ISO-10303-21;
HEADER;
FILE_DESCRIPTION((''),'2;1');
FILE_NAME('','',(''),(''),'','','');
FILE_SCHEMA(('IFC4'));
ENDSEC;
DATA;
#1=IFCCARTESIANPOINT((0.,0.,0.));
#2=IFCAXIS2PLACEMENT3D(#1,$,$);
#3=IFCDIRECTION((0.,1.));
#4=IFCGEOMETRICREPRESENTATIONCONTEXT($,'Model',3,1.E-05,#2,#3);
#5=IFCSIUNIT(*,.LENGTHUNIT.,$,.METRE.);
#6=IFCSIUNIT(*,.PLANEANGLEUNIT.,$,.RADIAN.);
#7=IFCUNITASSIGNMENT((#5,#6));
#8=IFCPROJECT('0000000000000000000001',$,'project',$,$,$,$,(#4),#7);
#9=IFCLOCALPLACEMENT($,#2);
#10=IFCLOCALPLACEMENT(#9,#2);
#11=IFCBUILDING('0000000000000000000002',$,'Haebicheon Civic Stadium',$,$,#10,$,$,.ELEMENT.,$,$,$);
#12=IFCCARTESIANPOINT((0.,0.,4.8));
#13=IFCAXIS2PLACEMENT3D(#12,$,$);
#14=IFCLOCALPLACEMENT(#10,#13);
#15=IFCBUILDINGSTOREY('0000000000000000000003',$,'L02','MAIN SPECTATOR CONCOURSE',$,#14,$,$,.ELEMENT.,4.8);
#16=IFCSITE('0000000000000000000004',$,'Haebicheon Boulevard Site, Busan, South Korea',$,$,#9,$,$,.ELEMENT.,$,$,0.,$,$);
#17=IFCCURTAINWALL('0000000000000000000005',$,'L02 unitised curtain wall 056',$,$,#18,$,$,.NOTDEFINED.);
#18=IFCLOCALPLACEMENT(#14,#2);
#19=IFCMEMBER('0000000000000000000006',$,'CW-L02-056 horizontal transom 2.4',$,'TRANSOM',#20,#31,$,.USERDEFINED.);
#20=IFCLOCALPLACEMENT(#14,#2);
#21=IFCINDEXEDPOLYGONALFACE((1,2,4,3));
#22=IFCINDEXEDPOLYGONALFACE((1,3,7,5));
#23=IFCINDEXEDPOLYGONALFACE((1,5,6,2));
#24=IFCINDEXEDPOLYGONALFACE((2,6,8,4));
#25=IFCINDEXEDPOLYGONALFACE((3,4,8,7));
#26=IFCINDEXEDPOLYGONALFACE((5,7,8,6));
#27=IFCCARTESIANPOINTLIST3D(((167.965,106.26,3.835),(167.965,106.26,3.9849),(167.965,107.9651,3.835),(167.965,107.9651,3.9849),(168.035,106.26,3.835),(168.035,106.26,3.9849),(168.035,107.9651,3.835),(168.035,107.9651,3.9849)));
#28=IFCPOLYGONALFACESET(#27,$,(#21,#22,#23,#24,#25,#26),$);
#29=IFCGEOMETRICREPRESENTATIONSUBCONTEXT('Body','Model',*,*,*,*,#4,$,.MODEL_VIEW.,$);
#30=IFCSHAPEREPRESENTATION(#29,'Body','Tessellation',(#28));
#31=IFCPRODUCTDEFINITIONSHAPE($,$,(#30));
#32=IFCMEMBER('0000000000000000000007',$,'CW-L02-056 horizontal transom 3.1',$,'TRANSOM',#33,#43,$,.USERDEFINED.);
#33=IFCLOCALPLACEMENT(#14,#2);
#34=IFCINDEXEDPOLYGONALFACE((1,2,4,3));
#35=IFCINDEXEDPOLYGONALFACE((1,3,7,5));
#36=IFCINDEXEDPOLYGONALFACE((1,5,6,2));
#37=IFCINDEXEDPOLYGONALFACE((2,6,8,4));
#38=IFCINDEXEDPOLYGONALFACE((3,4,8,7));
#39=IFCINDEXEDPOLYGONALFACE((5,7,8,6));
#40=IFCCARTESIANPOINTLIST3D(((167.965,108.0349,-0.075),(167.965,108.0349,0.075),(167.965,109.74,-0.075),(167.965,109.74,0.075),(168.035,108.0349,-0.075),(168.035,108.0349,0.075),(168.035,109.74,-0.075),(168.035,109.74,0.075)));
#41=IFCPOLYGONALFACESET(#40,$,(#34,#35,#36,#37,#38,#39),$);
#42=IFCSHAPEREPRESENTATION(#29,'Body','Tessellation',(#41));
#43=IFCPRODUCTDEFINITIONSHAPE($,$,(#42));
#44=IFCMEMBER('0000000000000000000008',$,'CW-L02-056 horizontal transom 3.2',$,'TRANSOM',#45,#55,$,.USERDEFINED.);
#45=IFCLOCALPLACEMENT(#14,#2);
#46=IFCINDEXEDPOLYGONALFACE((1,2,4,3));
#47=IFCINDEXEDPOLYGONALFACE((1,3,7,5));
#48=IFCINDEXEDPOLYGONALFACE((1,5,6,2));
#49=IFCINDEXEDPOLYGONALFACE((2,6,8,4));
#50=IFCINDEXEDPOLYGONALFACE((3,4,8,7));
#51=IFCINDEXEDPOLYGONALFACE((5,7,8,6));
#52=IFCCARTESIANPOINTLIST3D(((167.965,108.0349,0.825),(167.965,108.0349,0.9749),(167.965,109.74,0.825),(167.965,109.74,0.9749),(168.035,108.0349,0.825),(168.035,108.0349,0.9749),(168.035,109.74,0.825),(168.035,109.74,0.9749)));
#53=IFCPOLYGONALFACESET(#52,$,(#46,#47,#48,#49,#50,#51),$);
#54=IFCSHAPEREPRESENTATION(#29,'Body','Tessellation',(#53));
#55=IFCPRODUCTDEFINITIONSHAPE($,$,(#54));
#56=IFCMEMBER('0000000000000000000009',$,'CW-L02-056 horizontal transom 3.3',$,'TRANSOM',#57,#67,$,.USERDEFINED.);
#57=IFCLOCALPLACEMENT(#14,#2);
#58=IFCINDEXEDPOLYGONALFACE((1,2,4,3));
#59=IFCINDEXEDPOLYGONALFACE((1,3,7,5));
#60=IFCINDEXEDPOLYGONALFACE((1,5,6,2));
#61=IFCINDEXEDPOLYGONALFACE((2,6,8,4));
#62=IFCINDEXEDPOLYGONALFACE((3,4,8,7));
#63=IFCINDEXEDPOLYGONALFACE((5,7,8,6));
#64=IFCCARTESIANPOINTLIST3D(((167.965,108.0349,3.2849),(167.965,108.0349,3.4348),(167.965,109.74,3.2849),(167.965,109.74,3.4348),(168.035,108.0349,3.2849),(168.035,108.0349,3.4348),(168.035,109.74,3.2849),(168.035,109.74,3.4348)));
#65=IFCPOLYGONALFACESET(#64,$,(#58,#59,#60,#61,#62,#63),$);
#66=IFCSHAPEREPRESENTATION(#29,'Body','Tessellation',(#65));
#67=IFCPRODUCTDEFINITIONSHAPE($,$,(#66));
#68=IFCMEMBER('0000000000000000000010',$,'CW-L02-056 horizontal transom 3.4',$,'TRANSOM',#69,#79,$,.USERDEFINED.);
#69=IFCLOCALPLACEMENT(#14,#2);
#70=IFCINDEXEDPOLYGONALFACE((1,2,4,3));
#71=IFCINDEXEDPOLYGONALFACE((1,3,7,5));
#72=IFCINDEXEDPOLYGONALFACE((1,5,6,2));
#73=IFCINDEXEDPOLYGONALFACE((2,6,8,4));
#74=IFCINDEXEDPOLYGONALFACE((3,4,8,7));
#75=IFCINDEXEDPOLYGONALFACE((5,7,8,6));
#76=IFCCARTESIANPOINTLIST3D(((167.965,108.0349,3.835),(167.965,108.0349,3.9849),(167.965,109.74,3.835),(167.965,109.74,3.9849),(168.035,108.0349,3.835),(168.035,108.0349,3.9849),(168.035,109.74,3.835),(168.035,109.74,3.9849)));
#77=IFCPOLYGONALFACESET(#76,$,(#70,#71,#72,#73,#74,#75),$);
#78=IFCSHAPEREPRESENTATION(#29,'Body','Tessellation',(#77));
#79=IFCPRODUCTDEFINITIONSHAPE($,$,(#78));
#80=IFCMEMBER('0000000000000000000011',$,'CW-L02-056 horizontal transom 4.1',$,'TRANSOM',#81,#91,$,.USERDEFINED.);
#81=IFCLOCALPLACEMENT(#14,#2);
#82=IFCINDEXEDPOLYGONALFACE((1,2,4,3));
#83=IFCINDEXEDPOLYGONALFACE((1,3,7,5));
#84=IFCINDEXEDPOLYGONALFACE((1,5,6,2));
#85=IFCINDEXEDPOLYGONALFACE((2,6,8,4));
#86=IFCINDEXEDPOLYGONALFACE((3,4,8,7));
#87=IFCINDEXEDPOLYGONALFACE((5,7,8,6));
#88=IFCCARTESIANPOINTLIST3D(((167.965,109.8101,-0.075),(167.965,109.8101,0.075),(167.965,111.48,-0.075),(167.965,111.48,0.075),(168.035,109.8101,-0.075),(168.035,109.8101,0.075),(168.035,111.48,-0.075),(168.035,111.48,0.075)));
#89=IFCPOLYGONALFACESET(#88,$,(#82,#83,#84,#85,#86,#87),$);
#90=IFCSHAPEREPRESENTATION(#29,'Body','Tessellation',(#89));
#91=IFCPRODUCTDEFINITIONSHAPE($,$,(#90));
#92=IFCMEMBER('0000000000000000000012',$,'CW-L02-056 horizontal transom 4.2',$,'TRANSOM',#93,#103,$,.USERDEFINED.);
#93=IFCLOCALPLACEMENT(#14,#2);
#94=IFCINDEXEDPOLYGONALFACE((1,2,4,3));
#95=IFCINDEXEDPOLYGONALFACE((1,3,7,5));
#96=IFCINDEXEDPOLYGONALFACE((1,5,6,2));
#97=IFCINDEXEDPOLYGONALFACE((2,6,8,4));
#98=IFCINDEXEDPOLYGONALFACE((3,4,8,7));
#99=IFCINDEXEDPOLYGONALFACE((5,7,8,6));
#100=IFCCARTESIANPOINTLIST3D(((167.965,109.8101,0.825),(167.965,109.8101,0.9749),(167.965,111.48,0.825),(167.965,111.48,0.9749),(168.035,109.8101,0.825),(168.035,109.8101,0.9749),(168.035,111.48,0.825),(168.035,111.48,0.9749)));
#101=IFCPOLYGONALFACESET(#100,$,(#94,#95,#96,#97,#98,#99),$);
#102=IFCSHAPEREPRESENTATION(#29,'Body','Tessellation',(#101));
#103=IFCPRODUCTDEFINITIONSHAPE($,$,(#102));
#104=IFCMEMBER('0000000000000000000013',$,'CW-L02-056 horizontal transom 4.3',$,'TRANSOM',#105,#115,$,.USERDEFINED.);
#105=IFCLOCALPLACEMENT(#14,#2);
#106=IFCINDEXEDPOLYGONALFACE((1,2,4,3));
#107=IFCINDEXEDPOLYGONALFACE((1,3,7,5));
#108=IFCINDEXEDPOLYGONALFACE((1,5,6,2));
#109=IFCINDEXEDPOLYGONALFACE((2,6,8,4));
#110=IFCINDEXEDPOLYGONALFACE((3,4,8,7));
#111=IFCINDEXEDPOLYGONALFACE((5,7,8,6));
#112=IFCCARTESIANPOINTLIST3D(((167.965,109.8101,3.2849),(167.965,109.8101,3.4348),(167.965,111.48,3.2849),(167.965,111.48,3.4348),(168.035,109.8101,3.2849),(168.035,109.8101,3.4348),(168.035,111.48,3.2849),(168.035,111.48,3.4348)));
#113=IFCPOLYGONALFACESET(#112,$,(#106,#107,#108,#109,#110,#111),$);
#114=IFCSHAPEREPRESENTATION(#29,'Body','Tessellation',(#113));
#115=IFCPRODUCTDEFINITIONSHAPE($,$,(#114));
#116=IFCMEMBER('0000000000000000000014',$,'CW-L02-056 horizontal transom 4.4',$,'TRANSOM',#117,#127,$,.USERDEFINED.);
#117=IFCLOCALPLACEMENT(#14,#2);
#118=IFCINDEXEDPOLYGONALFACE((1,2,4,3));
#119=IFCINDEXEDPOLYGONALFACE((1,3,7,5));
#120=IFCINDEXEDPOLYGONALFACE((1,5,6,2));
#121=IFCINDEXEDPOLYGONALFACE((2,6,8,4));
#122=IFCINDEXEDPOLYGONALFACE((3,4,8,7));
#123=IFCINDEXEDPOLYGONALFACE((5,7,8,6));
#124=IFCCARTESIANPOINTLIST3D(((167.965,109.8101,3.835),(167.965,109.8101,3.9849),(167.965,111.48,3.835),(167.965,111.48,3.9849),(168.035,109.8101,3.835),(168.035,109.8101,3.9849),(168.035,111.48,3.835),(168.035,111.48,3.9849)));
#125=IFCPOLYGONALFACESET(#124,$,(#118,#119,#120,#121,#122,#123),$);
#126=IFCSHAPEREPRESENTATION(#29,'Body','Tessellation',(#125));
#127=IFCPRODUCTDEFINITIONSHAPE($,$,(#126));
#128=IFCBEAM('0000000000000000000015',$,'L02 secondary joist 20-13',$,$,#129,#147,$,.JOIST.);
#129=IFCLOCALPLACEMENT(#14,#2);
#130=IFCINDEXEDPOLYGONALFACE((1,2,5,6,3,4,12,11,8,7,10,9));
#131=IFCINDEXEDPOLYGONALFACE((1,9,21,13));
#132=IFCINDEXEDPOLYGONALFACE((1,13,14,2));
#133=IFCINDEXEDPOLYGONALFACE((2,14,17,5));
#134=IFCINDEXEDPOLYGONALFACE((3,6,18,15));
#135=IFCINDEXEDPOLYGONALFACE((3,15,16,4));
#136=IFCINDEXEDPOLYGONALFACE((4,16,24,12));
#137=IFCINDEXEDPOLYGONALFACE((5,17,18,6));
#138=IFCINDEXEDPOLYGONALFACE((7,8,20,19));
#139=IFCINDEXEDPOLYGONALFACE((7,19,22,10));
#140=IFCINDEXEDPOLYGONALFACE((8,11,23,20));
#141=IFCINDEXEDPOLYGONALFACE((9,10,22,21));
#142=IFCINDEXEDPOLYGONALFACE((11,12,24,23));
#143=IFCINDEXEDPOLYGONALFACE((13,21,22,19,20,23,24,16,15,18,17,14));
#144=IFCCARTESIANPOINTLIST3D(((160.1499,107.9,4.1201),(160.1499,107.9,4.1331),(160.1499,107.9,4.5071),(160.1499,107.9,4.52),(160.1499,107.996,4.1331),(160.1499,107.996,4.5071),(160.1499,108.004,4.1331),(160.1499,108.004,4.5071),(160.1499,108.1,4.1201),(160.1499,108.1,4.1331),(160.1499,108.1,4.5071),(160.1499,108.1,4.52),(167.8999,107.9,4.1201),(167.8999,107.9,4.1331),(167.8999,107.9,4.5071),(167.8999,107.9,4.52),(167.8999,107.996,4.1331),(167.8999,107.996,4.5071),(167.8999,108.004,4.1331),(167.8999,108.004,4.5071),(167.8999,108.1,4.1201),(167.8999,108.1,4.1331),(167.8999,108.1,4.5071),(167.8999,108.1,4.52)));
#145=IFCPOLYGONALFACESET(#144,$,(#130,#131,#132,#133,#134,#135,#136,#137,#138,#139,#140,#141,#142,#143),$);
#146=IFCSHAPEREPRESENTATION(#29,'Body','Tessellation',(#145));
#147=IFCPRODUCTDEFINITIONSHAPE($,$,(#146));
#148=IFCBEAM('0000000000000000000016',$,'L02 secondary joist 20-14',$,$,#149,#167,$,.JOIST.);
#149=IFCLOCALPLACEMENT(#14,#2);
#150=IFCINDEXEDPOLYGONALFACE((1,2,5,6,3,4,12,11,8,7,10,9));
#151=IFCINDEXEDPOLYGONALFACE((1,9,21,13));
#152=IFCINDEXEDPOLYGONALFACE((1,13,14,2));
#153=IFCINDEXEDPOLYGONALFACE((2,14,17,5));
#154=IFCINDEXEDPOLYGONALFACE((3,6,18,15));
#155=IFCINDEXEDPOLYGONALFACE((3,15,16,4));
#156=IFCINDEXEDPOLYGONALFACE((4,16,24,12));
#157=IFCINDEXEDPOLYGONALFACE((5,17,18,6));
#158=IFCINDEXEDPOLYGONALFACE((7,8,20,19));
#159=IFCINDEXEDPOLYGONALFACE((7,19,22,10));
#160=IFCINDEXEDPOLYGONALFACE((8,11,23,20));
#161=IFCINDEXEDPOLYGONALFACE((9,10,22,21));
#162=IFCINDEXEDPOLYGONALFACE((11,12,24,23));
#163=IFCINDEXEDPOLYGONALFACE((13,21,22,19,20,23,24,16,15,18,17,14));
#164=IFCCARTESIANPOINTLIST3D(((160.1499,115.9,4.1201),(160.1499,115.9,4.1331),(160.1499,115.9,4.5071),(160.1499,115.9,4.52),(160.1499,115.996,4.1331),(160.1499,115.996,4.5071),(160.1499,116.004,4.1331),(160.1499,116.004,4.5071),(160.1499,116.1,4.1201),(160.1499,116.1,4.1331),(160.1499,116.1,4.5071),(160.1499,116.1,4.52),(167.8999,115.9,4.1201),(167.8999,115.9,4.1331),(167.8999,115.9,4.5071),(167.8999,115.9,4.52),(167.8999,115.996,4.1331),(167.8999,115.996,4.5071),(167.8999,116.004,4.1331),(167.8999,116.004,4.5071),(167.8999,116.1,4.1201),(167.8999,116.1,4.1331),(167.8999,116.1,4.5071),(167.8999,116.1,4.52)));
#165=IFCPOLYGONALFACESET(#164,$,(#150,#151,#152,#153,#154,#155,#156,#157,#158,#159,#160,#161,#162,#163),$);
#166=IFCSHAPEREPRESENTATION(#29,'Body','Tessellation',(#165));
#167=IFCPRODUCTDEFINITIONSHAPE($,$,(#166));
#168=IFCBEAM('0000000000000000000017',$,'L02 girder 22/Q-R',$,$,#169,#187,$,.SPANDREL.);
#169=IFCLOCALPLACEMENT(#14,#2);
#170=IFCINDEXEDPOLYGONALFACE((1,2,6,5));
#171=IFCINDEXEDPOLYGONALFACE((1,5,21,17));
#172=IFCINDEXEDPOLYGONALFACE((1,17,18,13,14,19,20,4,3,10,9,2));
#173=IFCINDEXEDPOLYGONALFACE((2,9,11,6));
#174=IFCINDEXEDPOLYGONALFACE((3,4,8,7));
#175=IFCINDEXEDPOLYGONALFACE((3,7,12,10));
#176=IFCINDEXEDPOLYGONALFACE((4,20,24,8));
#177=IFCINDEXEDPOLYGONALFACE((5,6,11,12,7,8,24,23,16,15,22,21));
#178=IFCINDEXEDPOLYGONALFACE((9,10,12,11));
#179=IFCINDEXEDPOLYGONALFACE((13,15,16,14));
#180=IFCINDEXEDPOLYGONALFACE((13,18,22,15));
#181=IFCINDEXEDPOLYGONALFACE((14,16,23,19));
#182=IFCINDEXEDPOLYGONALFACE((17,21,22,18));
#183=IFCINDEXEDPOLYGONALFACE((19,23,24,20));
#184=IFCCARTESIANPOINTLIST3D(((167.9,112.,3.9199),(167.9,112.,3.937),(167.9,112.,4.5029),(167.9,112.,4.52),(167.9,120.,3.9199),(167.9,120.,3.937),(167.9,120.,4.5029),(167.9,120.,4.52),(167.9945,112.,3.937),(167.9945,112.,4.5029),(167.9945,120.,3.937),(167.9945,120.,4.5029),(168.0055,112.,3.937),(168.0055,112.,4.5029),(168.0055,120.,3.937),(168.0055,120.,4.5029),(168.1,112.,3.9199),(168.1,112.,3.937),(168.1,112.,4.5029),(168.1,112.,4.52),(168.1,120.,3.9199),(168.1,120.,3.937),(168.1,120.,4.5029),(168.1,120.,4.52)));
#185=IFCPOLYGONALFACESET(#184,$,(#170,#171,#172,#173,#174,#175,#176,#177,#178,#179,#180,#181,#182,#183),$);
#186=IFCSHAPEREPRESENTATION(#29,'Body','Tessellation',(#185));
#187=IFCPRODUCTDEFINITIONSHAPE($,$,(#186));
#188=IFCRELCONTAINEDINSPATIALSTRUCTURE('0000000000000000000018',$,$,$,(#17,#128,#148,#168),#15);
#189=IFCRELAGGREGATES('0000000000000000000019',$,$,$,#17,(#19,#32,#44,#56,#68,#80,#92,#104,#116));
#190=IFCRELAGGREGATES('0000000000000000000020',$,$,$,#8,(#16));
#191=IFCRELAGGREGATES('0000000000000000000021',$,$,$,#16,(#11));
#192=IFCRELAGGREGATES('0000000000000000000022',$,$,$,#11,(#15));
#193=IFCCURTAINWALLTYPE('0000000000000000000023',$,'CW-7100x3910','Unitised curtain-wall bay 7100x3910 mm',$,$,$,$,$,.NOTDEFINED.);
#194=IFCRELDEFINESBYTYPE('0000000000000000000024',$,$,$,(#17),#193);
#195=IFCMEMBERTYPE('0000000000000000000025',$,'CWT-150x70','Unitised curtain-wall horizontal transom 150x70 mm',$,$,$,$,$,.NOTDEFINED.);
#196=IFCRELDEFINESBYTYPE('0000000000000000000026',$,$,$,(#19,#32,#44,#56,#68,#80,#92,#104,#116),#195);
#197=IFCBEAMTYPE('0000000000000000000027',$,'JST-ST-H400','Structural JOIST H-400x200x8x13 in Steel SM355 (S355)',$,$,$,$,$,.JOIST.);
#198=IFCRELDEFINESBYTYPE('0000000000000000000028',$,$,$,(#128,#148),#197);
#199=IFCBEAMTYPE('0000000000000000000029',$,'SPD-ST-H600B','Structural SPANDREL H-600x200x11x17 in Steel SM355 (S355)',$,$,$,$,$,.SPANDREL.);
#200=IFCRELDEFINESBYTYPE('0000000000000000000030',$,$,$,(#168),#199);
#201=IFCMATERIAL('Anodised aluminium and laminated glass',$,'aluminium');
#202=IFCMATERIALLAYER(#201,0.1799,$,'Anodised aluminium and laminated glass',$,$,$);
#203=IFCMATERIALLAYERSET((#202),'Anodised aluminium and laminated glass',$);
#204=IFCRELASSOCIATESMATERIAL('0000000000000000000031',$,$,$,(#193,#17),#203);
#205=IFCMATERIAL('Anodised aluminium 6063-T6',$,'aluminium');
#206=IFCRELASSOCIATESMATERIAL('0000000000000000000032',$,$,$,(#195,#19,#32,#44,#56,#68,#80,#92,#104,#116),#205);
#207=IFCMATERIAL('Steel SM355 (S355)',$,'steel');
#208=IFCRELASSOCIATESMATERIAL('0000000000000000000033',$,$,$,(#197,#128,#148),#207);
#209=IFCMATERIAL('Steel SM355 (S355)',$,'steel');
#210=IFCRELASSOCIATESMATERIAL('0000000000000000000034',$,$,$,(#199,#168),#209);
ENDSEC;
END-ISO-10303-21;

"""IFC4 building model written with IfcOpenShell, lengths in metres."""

from ifc_helpers import new_model, si_unit, direction, frame, origin, origin_2d, place, context, subcontext, project, spatial, rectangle, i_section, extrude, material, layer, layer_set, material_profile, profile_set, type_object, element, aggregate, save


model = new_model("IFC4")

# Units and contexts
model_context = context("Model", 3, precision=1e-05, world=origin(), true_north=direction((0.0, 1.0)))
body_context = subcontext(model_context, "Body", "Model", "MODEL_VIEW")
ifc_project = project(units=[si_unit("LENGTHUNIT", "METRE"), si_unit("PLANEANGLEUNIT", "RADIAN")], contexts=[model_context])

# Site, building, storey
site_placement = place(None, origin())
site = spatial("IfcSite", under=ifc_project, at=site_placement, Name="Haebicheon Boulevard Site, Busan, South Korea", CompositionType="ELEMENT", RefElevation=0.0)
building_placement = place(site_placement, origin())
building = spatial("IfcBuilding", under=site, at=building_placement, Name="Haebicheon Civic Stadium", CompositionType="ELEMENT")
storey_placement = place(building_placement, frame((0.0, 0.0, 4.8)))
storey = spatial("IfcBuildingStorey", under=building, at=storey_placement, Name="L02", Description="MAIN SPECTATOR CONCOURSE", CompositionType="ELEMENT", Elevation=4.8)

# Curtain wall, members
ifc_material_1 = material(Name="Anodised aluminium and laminated glass", Category="aluminium")
ifc_layer_1 = layer(ifc_material_1, 0.1799, Name="Anodised aluminium and laminated glass")
ifc_layer_set_1 = layer_set([ifc_layer_1], Name="Anodised aluminium and laminated glass")
curtain_wall_type = type_object("IfcCurtainWallType", Name="CW-7100x3910", Description="Unitised curtain-wall bay 7100x3910 mm", PredefinedType="NOTDEFINED", material=ifc_layer_set_1)
curtain_wall_placement = place(storey_placement, origin())
curtain_wall = element("IfcCurtainWall", 1, at=curtain_wall_placement, inside=storey, type_object=curtain_wall_type, material=ifc_layer_set_1, Name="L02 unitised curtain wall 056", PredefinedType="NOTDEFINED")
ifc_material_2 = material(Name="Anodised aluminium 6063-T6", Category="aluminium")
ifc_material_profile_1 = material_profile(ifc_material_2, rectangle(XDim=0.0701, YDim=0.1499, at=origin_2d()), Name="ALU-TRAN-70x150")
ifc_profile_set_1 = profile_set([ifc_material_profile_1], Name="Anodised aluminium 6063-T6")
member_type_1 = type_object("IfcMemberType", Name="CWT-150x70", Description="Unitised curtain-wall horizontal transom 150x70 mm", PredefinedType="NOTDEFINED", material=ifc_profile_set_1)
member_1_placement = place(storey_placement, frame((168.0, 106.26, 3.9099), z_axis=(0.0, 1.0, 0.0), x_axis=(-1.0, 0.0, 0.0)))
member_1 = element("IfcMember", 2, at=member_1_placement, type_object=member_type_1, material=ifc_profile_set_1, Name="CW-L02-056 horizontal transom 2.4", ObjectType="TRANSOM", PredefinedType="USERDEFINED", context=body_context, shape_type="SweptSolid", body=[
    extrude(rectangle(XDim=0.0701, YDim=0.1499, at=origin_2d()), origin(), (0.0, 0.0, 1.0), 1.7051),
])
member_2_placement = place(storey_placement, frame((168.0, 108.0349, 0.0), z_axis=(0.0, 1.0, 0.0), x_axis=(-1.0, 0.0, 0.0)))
member_2 = element("IfcMember", 3, at=member_2_placement, type_object=member_type_1, material=ifc_profile_set_1, Name="CW-L02-056 horizontal transom 3.1", ObjectType="TRANSOM", PredefinedType="USERDEFINED", context=body_context, shape_type="SweptSolid", body=[
    extrude(rectangle(XDim=0.0701, YDim=0.1499, at=origin_2d()), origin(), (0.0, 0.0, 1.0), 1.7051),
])
member_3_placement = place(storey_placement, frame((168.0, 108.0349, 0.8999), z_axis=(0.0, 1.0, 0.0), x_axis=(-1.0, 0.0, 0.0)))
member_3 = element("IfcMember", 4, at=member_3_placement, type_object=member_type_1, material=ifc_profile_set_1, Name="CW-L02-056 horizontal transom 3.2", ObjectType="TRANSOM", PredefinedType="USERDEFINED", context=body_context, shape_type="SweptSolid", body=[
    extrude(rectangle(XDim=0.0701, YDim=0.1499, at=origin_2d()), origin(), (0.0, 0.0, 1.0), 1.7051),
])
member_4_placement = place(storey_placement, frame((168.0, 108.0349, 3.3599), z_axis=(0.0, 1.0, 0.0), x_axis=(-1.0, 0.0, 0.0)))
member_4 = element("IfcMember", 5, at=member_4_placement, type_object=member_type_1, material=ifc_profile_set_1, Name="CW-L02-056 horizontal transom 3.3", ObjectType="TRANSOM", PredefinedType="USERDEFINED", context=body_context, shape_type="SweptSolid", body=[
    extrude(rectangle(XDim=0.0701, YDim=0.1499, at=origin_2d()), origin(), (0.0, 0.0, 1.0), 1.7051),
])
member_5_placement = place(storey_placement, frame((168.0, 108.0349, 3.9099), z_axis=(0.0, 1.0, 0.0), x_axis=(-1.0, 0.0, 0.0)))
member_5 = element("IfcMember", 6, at=member_5_placement, type_object=member_type_1, material=ifc_profile_set_1, Name="CW-L02-056 horizontal transom 3.4", ObjectType="TRANSOM", PredefinedType="USERDEFINED", context=body_context, shape_type="SweptSolid", body=[
    extrude(rectangle(XDim=0.0701, YDim=0.1499, at=origin_2d()), origin(), (0.0, 0.0, 1.0), 1.7051),
])
member_6_placement = place(storey_placement, frame((168.0, 109.8101, 0.0), z_axis=(0.0, 1.0, 0.0), x_axis=(-1.0, 0.0, 0.0)))
member_6 = element("IfcMember", 7, at=member_6_placement, type_object=member_type_1, material=ifc_profile_set_1, Name="CW-L02-056 horizontal transom 4.1", ObjectType="TRANSOM", PredefinedType="USERDEFINED", context=body_context, shape_type="SweptSolid", body=[
    extrude(rectangle(XDim=0.0701, YDim=0.1499, at=origin_2d()), origin(), (0.0, 0.0, 1.0), 1.6699),
])
member_7_placement = place(storey_placement, frame((168.0, 109.8101, 0.8999), z_axis=(0.0, 1.0, 0.0), x_axis=(-1.0, 0.0, 0.0)))
member_7 = element("IfcMember", 8, at=member_7_placement, type_object=member_type_1, material=ifc_profile_set_1, Name="CW-L02-056 horizontal transom 4.2", ObjectType="TRANSOM", PredefinedType="USERDEFINED", context=body_context, shape_type="SweptSolid", body=[
    extrude(rectangle(XDim=0.0701, YDim=0.1499, at=origin_2d()), origin(), (0.0, 0.0, 1.0), 1.6699),
])
member_8_placement = place(storey_placement, frame((168.0, 109.8101, 3.3599), z_axis=(0.0, 1.0, 0.0), x_axis=(-1.0, 0.0, 0.0)))
member_8 = element("IfcMember", 9, at=member_8_placement, type_object=member_type_1, material=ifc_profile_set_1, Name="CW-L02-056 horizontal transom 4.3", ObjectType="TRANSOM", PredefinedType="USERDEFINED", context=body_context, shape_type="SweptSolid", body=[
    extrude(rectangle(XDim=0.0701, YDim=0.1499, at=origin_2d()), origin(), (0.0, 0.0, 1.0), 1.6699),
])
member_9_placement = place(storey_placement, frame((168.0, 109.8101, 3.9099), z_axis=(0.0, 1.0, 0.0), x_axis=(-1.0, 0.0, 0.0)))
member_9 = element("IfcMember", 10, at=member_9_placement, type_object=member_type_1, material=ifc_profile_set_1, Name="CW-L02-056 horizontal transom 4.4", ObjectType="TRANSOM", PredefinedType="USERDEFINED", context=body_context, shape_type="SweptSolid", body=[
    extrude(rectangle(XDim=0.0701, YDim=0.1499, at=origin_2d()), origin(), (0.0, 0.0, 1.0), 1.6699),
])

# Beams
ifc_material_3 = material(Name="Steel SM355 (S355)", Category="steel")
ifc_material_profile_2 = material_profile(ifc_material_3, i_section(OverallWidth=0.2, OverallDepth=0.3999, WebThickness=0.0081, FlangeThickness=0.0129, at=origin_2d()), Name="H-400x200x8x13")
ifc_profile_set_2 = profile_set([ifc_material_profile_2], Name="Steel SM355 (S355)")
beam_type_1 = type_object("IfcBeamType", Name="JST-ST-H400", Description="Structural JOIST H-400x200x8x13 in Steel SM355 (S355)", PredefinedType="JOIST", material=ifc_profile_set_2)
for number, where, z_axis, x_axis, name in (
    (11, (160.1499, 108.0, 4.3201), (1.0, 0.0, 0.0), (0.0, 1.0, 0.0), "L02 secondary joist 20-13"),
    (12, (160.1499, 116.0, 4.3201), (1.0, 0.0, 0.0), (0.0, 1.0, 0.0), "L02 secondary joist 20-14"),
):
    element("IfcBeam", number, at=place(storey_placement, frame(where, z_axis=z_axis, x_axis=x_axis)), inside=storey, type_object=beam_type_1, material=ifc_profile_set_2, Name=name, PredefinedType="JOIST", context=body_context, shape_type="SweptSolid", body=[
        extrude(i_section(OverallWidth=0.2, OverallDepth=0.3999, WebThickness=0.0081, FlangeThickness=0.0129, at=origin_2d()), origin(), (0.0, 0.0, 1.0), 7.75),
    ])
ifc_material_4 = material(Name="Steel SM355 (S355)", Category="steel")
ifc_material_profile_3 = material_profile(ifc_material_4, i_section(OverallWidth=0.2, OverallDepth=0.6001, WebThickness=0.011, FlangeThickness=0.0171, at=origin_2d()), Name="H-600x200x11x17")
ifc_profile_set_3 = profile_set([ifc_material_profile_3], Name="Steel SM355 (S355)")
beam_type_2 = type_object("IfcBeamType", Name="SPD-ST-H600B", Description="Structural SPANDREL H-600x200x11x17 in Steel SM355 (S355)", PredefinedType="SPANDREL", material=ifc_profile_set_3)
beam_placement = place(storey_placement, frame((168.0, 112.0, 4.22), z_axis=(0.0, 1.0, 0.0), x_axis=(-1.0, 0.0, 0.0)))
element("IfcBeam", 13, at=beam_placement, inside=storey, type_object=beam_type_2, material=ifc_profile_set_3, Name="L02 girder 22/Q-R", PredefinedType="SPANDREL", context=body_context, shape_type="SweptSolid", body=[
    extrude(i_section(OverallWidth=0.2, OverallDepth=0.6001, WebThickness=0.011, FlangeThickness=0.0171, at=origin_2d()), origin(), (0.0, 0.0, 1.0), 8.0),
])

aggregate(curtain_wall, [member_1, member_2, member_3, member_4, member_5, member_6, member_7, member_8, member_9])

save(model, "model.ifc")
